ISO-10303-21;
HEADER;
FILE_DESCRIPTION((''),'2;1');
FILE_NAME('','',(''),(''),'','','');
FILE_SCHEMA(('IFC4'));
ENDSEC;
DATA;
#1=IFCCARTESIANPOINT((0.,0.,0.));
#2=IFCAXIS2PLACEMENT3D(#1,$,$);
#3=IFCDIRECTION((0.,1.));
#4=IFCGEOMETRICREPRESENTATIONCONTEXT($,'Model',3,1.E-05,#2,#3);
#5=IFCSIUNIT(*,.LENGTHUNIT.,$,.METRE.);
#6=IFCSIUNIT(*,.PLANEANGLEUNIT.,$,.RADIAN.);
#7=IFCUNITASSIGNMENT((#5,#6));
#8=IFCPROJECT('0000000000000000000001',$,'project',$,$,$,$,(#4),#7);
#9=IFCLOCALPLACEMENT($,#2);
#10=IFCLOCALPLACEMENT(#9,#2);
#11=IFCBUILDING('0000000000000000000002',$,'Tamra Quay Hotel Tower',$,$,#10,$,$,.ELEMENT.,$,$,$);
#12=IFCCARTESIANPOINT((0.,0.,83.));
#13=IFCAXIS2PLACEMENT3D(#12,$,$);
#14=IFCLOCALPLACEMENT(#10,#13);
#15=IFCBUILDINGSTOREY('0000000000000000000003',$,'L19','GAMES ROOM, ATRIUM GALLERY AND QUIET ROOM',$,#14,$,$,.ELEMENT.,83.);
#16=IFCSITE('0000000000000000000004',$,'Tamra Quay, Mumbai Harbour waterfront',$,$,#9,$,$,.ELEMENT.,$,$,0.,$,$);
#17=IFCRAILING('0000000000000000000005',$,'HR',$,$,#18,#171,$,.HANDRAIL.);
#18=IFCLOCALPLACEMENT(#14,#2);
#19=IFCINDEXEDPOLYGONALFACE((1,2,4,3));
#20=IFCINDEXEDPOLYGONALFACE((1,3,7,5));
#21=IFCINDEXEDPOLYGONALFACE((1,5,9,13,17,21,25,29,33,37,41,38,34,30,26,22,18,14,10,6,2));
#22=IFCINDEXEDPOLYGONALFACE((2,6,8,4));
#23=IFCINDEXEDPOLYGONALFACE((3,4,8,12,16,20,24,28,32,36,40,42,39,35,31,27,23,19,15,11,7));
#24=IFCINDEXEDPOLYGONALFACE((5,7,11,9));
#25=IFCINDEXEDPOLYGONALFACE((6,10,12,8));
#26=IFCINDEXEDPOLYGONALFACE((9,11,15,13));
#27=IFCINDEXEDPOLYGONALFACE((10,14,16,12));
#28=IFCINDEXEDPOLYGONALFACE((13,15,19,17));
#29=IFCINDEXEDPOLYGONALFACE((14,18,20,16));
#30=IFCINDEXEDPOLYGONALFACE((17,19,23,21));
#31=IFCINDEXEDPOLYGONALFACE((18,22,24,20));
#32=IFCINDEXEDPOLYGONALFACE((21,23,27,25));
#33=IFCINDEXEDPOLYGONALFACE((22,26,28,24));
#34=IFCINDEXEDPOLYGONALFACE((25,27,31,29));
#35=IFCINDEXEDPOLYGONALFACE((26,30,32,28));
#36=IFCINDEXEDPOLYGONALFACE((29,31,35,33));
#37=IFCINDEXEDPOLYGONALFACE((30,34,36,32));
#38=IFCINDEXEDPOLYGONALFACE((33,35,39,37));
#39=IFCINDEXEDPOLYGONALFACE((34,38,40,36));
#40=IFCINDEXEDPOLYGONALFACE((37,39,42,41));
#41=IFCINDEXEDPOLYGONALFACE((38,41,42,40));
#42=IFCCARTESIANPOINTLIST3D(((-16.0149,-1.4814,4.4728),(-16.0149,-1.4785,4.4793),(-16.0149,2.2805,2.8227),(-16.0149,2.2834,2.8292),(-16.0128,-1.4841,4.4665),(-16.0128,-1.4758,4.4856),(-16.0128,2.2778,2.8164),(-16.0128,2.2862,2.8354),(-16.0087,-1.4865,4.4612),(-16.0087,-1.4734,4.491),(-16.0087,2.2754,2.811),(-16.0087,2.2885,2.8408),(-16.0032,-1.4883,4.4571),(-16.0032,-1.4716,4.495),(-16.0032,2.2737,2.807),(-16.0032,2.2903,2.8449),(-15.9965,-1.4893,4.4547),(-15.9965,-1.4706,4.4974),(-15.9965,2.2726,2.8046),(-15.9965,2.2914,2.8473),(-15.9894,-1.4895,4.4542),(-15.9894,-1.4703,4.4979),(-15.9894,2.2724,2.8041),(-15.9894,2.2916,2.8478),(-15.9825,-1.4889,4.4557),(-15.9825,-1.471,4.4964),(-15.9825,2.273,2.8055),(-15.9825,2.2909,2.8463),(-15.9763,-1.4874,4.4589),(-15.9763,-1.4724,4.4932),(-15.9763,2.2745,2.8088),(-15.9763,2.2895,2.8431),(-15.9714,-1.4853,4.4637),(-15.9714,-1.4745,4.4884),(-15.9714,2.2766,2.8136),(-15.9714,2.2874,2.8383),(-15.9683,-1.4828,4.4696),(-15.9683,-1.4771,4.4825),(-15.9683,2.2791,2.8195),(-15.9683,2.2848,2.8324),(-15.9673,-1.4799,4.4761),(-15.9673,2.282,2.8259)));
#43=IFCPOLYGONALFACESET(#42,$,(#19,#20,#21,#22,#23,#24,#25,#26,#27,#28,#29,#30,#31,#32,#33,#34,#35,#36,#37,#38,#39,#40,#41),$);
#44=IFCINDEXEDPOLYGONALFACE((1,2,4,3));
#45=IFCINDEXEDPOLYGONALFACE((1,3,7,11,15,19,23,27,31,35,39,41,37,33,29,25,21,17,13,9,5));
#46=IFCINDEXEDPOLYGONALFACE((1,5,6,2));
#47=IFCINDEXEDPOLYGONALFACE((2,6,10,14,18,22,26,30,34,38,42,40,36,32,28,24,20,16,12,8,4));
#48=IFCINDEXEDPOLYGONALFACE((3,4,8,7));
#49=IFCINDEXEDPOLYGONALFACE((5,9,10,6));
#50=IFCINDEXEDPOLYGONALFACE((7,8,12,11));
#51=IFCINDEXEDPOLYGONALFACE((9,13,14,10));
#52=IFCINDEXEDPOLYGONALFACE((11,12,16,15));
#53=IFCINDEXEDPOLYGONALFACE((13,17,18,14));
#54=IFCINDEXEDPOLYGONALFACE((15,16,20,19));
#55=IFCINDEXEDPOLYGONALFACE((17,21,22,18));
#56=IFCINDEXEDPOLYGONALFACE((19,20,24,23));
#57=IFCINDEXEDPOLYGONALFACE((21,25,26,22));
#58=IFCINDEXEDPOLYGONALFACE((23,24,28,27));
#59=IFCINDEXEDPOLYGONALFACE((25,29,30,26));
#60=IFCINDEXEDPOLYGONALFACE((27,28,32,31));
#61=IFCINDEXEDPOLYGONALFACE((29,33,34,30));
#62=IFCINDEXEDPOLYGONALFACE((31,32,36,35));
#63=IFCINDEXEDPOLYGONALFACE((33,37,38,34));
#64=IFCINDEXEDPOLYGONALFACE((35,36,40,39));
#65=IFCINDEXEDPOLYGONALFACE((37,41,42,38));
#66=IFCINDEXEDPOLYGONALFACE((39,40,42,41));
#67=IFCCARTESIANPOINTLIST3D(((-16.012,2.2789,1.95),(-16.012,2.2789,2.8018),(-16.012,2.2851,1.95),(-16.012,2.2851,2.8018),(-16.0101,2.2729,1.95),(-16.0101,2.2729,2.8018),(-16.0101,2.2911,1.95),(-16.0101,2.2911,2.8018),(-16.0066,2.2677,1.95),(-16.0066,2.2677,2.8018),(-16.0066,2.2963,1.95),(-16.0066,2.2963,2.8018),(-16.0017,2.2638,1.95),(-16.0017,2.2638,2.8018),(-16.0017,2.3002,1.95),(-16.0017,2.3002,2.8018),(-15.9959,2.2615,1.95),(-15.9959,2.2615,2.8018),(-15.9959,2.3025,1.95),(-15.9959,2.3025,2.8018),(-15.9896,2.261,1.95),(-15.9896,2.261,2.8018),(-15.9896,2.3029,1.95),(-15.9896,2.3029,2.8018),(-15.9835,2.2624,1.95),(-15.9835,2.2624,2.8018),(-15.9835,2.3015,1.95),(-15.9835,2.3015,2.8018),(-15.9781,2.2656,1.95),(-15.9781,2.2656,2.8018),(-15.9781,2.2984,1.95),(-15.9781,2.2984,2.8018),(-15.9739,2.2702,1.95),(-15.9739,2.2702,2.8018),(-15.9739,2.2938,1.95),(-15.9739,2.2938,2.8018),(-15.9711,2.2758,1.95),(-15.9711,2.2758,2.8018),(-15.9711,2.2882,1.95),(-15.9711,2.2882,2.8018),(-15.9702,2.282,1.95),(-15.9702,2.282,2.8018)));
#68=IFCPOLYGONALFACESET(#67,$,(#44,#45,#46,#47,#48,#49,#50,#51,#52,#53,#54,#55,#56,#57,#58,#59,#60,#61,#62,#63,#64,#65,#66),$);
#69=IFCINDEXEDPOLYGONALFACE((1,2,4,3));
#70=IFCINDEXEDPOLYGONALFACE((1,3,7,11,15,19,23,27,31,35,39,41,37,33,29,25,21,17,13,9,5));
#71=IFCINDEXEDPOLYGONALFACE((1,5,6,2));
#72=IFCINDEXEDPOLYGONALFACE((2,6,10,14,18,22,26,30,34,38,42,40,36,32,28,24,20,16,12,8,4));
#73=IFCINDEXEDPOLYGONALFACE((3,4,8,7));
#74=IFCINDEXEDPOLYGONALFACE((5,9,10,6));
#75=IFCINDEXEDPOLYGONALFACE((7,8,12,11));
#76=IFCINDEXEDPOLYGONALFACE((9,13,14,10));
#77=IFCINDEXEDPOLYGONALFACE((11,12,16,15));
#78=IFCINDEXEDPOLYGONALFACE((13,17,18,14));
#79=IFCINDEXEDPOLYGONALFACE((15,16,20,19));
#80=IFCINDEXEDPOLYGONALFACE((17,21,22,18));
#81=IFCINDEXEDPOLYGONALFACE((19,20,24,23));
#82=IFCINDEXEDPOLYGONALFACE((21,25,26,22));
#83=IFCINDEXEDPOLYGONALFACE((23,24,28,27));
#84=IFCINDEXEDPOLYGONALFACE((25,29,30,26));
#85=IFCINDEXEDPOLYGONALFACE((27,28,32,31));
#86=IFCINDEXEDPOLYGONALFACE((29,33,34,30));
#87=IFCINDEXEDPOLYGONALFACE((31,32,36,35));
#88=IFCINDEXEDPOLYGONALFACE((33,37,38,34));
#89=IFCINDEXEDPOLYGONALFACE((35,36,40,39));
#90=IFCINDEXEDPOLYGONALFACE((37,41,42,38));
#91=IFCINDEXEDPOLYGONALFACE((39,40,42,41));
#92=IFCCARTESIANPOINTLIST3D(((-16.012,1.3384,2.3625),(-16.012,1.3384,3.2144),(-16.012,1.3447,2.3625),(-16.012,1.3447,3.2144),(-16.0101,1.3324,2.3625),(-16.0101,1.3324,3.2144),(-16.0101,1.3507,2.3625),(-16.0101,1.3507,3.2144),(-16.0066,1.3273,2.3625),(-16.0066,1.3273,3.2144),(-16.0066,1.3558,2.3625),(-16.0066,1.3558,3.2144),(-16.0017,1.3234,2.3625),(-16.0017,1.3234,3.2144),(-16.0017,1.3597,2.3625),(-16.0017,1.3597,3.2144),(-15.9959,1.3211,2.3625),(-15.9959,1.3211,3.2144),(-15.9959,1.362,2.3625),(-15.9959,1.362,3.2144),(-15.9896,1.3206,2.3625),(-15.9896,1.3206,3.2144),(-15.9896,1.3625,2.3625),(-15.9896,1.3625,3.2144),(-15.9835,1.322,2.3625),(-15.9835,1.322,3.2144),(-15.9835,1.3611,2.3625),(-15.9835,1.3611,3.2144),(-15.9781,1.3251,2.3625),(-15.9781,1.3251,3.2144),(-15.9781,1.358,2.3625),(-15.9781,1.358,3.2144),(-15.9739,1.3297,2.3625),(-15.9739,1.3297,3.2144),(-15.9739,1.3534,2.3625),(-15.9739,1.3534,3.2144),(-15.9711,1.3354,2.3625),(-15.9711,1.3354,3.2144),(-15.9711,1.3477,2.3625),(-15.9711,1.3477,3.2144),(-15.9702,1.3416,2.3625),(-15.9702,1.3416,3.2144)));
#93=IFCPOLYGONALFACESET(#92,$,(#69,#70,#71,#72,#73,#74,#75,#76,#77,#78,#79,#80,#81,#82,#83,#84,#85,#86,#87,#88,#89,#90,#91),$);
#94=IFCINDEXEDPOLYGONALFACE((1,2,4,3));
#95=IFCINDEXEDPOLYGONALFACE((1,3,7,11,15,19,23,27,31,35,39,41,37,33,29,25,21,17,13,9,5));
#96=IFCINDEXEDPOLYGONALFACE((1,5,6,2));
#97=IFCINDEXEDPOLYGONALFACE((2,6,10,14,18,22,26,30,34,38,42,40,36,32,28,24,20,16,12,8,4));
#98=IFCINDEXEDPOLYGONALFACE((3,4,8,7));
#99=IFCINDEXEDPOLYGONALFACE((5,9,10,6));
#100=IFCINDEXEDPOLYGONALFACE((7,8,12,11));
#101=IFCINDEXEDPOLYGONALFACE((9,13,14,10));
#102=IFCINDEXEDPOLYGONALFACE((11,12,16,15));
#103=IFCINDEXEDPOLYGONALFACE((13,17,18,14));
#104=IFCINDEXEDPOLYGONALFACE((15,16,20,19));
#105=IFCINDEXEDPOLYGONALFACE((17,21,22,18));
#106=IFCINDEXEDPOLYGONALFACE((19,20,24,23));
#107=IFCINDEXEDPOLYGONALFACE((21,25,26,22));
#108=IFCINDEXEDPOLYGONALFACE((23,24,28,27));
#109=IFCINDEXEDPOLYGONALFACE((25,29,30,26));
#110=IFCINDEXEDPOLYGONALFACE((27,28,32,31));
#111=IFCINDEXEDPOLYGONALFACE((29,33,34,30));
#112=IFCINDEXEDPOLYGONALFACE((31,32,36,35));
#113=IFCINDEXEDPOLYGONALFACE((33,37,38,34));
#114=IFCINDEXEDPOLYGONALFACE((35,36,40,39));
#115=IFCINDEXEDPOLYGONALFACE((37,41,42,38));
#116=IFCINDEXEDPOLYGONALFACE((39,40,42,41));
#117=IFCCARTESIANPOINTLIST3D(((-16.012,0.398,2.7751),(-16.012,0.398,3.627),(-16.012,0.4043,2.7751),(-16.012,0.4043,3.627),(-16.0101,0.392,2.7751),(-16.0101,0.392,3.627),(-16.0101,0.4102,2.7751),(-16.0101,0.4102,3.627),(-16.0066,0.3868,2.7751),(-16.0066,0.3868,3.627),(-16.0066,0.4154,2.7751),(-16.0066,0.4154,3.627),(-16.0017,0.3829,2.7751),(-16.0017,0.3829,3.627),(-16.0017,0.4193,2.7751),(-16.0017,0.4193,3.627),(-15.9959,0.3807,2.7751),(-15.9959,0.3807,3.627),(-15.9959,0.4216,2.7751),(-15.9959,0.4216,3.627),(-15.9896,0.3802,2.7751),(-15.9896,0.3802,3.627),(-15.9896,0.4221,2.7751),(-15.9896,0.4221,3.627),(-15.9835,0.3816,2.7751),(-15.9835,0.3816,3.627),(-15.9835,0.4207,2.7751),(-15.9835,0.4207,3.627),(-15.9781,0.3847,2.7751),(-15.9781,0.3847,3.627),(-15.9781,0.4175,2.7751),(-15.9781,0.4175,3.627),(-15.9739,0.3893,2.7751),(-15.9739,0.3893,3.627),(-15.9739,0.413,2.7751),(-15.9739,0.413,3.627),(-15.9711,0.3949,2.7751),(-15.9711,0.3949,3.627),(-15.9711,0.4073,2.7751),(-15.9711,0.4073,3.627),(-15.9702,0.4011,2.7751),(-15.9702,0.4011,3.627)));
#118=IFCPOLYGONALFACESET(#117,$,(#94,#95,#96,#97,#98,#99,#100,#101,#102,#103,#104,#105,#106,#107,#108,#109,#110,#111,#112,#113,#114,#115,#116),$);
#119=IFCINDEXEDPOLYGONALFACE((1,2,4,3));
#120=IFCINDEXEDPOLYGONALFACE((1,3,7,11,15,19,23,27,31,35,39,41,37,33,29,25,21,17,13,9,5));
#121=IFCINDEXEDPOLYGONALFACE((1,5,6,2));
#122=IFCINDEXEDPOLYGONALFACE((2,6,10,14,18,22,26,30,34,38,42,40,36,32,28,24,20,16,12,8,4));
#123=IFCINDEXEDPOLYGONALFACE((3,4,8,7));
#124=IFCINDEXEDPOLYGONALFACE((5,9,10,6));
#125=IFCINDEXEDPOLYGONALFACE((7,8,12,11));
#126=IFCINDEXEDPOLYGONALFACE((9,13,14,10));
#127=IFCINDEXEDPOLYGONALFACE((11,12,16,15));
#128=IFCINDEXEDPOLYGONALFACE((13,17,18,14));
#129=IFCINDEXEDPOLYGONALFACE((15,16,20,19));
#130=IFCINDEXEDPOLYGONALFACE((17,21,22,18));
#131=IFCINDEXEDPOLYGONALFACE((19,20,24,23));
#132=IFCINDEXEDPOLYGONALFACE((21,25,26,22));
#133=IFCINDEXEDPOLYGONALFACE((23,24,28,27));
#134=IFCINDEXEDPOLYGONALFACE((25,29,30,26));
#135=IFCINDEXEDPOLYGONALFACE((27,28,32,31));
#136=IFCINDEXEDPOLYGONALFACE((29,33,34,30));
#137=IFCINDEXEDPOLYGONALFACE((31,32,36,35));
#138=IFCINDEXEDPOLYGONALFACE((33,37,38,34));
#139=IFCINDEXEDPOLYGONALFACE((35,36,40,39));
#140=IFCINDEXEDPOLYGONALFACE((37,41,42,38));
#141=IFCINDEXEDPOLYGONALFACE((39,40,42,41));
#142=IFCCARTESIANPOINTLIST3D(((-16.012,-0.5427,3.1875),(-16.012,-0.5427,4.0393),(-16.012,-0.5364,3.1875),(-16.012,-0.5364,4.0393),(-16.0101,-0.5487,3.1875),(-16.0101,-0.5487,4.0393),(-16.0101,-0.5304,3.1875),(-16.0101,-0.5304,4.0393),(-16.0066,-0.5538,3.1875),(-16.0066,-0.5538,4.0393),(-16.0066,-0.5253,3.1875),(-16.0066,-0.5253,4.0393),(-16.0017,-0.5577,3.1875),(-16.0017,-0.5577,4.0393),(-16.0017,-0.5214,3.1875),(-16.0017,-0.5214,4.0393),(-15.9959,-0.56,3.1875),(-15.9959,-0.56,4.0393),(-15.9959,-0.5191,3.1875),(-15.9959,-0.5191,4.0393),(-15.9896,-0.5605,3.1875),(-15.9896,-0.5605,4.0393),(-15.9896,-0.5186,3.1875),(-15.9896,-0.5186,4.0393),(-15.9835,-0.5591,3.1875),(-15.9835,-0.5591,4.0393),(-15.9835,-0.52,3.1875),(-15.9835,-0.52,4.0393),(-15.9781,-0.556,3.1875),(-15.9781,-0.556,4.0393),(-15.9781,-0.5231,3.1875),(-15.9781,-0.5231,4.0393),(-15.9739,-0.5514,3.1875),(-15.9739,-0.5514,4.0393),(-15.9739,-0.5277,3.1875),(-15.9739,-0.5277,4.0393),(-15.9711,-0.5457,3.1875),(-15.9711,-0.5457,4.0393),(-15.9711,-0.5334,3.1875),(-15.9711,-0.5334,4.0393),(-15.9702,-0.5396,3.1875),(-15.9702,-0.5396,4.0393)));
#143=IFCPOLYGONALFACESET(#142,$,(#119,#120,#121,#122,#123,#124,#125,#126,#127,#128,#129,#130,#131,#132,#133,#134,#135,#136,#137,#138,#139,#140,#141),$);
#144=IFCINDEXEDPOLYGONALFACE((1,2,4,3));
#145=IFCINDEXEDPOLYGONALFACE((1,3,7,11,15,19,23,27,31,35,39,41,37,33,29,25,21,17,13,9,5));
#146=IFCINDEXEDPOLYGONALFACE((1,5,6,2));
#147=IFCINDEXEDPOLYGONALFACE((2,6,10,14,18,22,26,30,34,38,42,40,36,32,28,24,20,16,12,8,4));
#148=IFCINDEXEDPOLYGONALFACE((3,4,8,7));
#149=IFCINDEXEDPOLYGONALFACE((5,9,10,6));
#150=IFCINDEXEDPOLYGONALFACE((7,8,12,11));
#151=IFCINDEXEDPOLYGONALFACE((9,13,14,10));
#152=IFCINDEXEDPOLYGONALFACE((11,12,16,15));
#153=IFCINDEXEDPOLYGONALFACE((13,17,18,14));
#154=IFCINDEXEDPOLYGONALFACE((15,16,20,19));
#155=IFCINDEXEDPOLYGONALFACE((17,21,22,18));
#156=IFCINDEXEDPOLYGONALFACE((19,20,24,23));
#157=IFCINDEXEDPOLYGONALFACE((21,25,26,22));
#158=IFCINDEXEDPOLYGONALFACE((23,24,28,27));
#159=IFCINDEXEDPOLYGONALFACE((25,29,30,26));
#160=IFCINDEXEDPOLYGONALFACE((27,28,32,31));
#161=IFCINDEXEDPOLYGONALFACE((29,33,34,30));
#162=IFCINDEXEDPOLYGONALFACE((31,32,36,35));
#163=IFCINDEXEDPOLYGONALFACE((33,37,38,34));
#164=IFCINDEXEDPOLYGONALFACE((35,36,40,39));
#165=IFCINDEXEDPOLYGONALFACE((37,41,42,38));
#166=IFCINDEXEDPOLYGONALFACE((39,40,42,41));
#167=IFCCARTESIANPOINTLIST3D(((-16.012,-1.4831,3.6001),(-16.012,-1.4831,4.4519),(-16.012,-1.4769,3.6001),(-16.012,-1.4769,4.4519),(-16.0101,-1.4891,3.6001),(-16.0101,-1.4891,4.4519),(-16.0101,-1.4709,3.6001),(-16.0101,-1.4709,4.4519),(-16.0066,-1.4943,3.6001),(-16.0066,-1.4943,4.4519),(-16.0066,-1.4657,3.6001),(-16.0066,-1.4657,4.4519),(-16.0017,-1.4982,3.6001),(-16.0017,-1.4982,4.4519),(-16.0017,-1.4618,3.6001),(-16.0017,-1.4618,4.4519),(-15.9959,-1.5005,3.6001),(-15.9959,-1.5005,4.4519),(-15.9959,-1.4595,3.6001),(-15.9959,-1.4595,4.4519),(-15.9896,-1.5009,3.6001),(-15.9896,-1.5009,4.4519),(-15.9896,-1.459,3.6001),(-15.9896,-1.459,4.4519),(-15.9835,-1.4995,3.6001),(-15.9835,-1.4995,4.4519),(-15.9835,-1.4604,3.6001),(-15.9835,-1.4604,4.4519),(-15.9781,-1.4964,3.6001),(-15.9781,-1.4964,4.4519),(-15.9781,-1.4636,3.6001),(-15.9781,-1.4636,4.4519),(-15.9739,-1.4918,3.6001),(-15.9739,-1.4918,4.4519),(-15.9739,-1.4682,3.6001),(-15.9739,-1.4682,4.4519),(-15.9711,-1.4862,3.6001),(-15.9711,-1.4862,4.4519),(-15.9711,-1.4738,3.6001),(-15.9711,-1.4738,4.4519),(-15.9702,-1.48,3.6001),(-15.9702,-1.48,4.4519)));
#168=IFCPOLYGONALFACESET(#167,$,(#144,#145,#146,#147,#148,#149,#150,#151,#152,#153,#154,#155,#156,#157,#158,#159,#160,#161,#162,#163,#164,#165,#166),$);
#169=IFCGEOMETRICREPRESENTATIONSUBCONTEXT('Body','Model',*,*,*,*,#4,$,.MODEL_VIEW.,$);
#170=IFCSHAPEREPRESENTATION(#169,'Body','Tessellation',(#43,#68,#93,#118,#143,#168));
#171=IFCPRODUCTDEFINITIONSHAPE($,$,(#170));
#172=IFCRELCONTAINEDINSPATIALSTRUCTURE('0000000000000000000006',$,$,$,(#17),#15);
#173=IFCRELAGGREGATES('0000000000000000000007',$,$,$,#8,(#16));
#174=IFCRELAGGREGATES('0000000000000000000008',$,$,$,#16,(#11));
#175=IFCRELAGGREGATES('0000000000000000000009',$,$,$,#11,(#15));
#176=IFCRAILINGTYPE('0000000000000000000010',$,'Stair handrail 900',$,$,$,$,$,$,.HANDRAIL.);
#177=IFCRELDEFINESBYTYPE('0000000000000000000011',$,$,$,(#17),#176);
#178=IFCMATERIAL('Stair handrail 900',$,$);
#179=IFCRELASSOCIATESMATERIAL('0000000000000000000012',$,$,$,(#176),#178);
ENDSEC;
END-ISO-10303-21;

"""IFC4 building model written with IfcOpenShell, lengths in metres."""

from ifc_helpers import new_model, si_unit, direction, frame, origin, origin_2d, place, context, subcontext, project, spatial, circle, extrude, material, type_object, element, save


model = new_model("IFC4")

# Units and contexts
model_context = context("Model", 3, precision=1e-05, world=origin(), true_north=direction((0.0, 1.0)))
body_context = subcontext(model_context, "Body", "Model", "MODEL_VIEW")
ifc_project = project(units=[si_unit("LENGTHUNIT", "METRE"), si_unit("PLANEANGLEUNIT", "RADIAN")], contexts=[model_context])

# Site, building, storey
site_placement = place(None, origin())
site = spatial("IfcSite", under=ifc_project, at=site_placement, Name="Tamra Quay, Mumbai Harbour waterfront", CompositionType="ELEMENT", RefElevation=0.0)
building_placement = place(site_placement, origin())
building = spatial("IfcBuilding", under=site, at=building_placement, Name="Tamra Quay Hotel Tower", CompositionType="ELEMENT")
storey_placement = place(building_placement, frame((0.0, 0.0, 83.0)))
storey = spatial("IfcBuildingStorey", under=building, at=storey_placement, Name="L19", Description="GAMES ROOM, ATRIUM GALLERY AND QUIET ROOM", CompositionType="ELEMENT", Elevation=83.0)

# Railing
ifc_material_1 = material(Name="Stair handrail 900")
railing_type = type_object("IfcRailingType", Name="Stair handrail 900", PredefinedType="HANDRAIL", material=ifc_material_1)
railing_1_placement = place(storey_placement, frame((-15.9912, 2.282, 1.95)))
element("IfcRailing", 1, at=railing_1_placement, inside=storey, type_object=railing_type, Name="HR", PredefinedType="HANDRAIL", context=body_context, shape_type="SweptSolid", body=[
    extrude(circle(Radius=0.0239, at=origin_2d()), frame((0.0, 0.0, 0.876), z_axis=(0.0, -0.915774, 0.401695), x_axis=(1.0, 0.0, 0.0)), (0.0, 0.0, 1.0), 4.1079),
    extrude(circle(Radius=0.021, at=origin_2d()), origin(), (0.0, 0.0, 1.0), 0.8518),
    extrude(circle(Radius=0.021, at=origin_2d()), frame((0.0, -0.9404, 0.4126)), (0.0, 0.0, 1.0), 0.8518),
    extrude(circle(Radius=0.021, at=origin_2d()), frame((0.0, -1.8809, 0.8252)), (0.0, 0.0, 1.0), 0.8518),
    extrude(circle(Radius=0.021, at=origin_2d()), frame((0.0, -2.8215, 1.2375)), (0.0, 0.0, 1.0), 0.8518),
    extrude(circle(Radius=0.021, at=origin_2d()), frame((0.0, -3.762, 1.6501)), (0.0, 0.0, 1.0), 0.8518),
])

save(model, "model.ifc")
